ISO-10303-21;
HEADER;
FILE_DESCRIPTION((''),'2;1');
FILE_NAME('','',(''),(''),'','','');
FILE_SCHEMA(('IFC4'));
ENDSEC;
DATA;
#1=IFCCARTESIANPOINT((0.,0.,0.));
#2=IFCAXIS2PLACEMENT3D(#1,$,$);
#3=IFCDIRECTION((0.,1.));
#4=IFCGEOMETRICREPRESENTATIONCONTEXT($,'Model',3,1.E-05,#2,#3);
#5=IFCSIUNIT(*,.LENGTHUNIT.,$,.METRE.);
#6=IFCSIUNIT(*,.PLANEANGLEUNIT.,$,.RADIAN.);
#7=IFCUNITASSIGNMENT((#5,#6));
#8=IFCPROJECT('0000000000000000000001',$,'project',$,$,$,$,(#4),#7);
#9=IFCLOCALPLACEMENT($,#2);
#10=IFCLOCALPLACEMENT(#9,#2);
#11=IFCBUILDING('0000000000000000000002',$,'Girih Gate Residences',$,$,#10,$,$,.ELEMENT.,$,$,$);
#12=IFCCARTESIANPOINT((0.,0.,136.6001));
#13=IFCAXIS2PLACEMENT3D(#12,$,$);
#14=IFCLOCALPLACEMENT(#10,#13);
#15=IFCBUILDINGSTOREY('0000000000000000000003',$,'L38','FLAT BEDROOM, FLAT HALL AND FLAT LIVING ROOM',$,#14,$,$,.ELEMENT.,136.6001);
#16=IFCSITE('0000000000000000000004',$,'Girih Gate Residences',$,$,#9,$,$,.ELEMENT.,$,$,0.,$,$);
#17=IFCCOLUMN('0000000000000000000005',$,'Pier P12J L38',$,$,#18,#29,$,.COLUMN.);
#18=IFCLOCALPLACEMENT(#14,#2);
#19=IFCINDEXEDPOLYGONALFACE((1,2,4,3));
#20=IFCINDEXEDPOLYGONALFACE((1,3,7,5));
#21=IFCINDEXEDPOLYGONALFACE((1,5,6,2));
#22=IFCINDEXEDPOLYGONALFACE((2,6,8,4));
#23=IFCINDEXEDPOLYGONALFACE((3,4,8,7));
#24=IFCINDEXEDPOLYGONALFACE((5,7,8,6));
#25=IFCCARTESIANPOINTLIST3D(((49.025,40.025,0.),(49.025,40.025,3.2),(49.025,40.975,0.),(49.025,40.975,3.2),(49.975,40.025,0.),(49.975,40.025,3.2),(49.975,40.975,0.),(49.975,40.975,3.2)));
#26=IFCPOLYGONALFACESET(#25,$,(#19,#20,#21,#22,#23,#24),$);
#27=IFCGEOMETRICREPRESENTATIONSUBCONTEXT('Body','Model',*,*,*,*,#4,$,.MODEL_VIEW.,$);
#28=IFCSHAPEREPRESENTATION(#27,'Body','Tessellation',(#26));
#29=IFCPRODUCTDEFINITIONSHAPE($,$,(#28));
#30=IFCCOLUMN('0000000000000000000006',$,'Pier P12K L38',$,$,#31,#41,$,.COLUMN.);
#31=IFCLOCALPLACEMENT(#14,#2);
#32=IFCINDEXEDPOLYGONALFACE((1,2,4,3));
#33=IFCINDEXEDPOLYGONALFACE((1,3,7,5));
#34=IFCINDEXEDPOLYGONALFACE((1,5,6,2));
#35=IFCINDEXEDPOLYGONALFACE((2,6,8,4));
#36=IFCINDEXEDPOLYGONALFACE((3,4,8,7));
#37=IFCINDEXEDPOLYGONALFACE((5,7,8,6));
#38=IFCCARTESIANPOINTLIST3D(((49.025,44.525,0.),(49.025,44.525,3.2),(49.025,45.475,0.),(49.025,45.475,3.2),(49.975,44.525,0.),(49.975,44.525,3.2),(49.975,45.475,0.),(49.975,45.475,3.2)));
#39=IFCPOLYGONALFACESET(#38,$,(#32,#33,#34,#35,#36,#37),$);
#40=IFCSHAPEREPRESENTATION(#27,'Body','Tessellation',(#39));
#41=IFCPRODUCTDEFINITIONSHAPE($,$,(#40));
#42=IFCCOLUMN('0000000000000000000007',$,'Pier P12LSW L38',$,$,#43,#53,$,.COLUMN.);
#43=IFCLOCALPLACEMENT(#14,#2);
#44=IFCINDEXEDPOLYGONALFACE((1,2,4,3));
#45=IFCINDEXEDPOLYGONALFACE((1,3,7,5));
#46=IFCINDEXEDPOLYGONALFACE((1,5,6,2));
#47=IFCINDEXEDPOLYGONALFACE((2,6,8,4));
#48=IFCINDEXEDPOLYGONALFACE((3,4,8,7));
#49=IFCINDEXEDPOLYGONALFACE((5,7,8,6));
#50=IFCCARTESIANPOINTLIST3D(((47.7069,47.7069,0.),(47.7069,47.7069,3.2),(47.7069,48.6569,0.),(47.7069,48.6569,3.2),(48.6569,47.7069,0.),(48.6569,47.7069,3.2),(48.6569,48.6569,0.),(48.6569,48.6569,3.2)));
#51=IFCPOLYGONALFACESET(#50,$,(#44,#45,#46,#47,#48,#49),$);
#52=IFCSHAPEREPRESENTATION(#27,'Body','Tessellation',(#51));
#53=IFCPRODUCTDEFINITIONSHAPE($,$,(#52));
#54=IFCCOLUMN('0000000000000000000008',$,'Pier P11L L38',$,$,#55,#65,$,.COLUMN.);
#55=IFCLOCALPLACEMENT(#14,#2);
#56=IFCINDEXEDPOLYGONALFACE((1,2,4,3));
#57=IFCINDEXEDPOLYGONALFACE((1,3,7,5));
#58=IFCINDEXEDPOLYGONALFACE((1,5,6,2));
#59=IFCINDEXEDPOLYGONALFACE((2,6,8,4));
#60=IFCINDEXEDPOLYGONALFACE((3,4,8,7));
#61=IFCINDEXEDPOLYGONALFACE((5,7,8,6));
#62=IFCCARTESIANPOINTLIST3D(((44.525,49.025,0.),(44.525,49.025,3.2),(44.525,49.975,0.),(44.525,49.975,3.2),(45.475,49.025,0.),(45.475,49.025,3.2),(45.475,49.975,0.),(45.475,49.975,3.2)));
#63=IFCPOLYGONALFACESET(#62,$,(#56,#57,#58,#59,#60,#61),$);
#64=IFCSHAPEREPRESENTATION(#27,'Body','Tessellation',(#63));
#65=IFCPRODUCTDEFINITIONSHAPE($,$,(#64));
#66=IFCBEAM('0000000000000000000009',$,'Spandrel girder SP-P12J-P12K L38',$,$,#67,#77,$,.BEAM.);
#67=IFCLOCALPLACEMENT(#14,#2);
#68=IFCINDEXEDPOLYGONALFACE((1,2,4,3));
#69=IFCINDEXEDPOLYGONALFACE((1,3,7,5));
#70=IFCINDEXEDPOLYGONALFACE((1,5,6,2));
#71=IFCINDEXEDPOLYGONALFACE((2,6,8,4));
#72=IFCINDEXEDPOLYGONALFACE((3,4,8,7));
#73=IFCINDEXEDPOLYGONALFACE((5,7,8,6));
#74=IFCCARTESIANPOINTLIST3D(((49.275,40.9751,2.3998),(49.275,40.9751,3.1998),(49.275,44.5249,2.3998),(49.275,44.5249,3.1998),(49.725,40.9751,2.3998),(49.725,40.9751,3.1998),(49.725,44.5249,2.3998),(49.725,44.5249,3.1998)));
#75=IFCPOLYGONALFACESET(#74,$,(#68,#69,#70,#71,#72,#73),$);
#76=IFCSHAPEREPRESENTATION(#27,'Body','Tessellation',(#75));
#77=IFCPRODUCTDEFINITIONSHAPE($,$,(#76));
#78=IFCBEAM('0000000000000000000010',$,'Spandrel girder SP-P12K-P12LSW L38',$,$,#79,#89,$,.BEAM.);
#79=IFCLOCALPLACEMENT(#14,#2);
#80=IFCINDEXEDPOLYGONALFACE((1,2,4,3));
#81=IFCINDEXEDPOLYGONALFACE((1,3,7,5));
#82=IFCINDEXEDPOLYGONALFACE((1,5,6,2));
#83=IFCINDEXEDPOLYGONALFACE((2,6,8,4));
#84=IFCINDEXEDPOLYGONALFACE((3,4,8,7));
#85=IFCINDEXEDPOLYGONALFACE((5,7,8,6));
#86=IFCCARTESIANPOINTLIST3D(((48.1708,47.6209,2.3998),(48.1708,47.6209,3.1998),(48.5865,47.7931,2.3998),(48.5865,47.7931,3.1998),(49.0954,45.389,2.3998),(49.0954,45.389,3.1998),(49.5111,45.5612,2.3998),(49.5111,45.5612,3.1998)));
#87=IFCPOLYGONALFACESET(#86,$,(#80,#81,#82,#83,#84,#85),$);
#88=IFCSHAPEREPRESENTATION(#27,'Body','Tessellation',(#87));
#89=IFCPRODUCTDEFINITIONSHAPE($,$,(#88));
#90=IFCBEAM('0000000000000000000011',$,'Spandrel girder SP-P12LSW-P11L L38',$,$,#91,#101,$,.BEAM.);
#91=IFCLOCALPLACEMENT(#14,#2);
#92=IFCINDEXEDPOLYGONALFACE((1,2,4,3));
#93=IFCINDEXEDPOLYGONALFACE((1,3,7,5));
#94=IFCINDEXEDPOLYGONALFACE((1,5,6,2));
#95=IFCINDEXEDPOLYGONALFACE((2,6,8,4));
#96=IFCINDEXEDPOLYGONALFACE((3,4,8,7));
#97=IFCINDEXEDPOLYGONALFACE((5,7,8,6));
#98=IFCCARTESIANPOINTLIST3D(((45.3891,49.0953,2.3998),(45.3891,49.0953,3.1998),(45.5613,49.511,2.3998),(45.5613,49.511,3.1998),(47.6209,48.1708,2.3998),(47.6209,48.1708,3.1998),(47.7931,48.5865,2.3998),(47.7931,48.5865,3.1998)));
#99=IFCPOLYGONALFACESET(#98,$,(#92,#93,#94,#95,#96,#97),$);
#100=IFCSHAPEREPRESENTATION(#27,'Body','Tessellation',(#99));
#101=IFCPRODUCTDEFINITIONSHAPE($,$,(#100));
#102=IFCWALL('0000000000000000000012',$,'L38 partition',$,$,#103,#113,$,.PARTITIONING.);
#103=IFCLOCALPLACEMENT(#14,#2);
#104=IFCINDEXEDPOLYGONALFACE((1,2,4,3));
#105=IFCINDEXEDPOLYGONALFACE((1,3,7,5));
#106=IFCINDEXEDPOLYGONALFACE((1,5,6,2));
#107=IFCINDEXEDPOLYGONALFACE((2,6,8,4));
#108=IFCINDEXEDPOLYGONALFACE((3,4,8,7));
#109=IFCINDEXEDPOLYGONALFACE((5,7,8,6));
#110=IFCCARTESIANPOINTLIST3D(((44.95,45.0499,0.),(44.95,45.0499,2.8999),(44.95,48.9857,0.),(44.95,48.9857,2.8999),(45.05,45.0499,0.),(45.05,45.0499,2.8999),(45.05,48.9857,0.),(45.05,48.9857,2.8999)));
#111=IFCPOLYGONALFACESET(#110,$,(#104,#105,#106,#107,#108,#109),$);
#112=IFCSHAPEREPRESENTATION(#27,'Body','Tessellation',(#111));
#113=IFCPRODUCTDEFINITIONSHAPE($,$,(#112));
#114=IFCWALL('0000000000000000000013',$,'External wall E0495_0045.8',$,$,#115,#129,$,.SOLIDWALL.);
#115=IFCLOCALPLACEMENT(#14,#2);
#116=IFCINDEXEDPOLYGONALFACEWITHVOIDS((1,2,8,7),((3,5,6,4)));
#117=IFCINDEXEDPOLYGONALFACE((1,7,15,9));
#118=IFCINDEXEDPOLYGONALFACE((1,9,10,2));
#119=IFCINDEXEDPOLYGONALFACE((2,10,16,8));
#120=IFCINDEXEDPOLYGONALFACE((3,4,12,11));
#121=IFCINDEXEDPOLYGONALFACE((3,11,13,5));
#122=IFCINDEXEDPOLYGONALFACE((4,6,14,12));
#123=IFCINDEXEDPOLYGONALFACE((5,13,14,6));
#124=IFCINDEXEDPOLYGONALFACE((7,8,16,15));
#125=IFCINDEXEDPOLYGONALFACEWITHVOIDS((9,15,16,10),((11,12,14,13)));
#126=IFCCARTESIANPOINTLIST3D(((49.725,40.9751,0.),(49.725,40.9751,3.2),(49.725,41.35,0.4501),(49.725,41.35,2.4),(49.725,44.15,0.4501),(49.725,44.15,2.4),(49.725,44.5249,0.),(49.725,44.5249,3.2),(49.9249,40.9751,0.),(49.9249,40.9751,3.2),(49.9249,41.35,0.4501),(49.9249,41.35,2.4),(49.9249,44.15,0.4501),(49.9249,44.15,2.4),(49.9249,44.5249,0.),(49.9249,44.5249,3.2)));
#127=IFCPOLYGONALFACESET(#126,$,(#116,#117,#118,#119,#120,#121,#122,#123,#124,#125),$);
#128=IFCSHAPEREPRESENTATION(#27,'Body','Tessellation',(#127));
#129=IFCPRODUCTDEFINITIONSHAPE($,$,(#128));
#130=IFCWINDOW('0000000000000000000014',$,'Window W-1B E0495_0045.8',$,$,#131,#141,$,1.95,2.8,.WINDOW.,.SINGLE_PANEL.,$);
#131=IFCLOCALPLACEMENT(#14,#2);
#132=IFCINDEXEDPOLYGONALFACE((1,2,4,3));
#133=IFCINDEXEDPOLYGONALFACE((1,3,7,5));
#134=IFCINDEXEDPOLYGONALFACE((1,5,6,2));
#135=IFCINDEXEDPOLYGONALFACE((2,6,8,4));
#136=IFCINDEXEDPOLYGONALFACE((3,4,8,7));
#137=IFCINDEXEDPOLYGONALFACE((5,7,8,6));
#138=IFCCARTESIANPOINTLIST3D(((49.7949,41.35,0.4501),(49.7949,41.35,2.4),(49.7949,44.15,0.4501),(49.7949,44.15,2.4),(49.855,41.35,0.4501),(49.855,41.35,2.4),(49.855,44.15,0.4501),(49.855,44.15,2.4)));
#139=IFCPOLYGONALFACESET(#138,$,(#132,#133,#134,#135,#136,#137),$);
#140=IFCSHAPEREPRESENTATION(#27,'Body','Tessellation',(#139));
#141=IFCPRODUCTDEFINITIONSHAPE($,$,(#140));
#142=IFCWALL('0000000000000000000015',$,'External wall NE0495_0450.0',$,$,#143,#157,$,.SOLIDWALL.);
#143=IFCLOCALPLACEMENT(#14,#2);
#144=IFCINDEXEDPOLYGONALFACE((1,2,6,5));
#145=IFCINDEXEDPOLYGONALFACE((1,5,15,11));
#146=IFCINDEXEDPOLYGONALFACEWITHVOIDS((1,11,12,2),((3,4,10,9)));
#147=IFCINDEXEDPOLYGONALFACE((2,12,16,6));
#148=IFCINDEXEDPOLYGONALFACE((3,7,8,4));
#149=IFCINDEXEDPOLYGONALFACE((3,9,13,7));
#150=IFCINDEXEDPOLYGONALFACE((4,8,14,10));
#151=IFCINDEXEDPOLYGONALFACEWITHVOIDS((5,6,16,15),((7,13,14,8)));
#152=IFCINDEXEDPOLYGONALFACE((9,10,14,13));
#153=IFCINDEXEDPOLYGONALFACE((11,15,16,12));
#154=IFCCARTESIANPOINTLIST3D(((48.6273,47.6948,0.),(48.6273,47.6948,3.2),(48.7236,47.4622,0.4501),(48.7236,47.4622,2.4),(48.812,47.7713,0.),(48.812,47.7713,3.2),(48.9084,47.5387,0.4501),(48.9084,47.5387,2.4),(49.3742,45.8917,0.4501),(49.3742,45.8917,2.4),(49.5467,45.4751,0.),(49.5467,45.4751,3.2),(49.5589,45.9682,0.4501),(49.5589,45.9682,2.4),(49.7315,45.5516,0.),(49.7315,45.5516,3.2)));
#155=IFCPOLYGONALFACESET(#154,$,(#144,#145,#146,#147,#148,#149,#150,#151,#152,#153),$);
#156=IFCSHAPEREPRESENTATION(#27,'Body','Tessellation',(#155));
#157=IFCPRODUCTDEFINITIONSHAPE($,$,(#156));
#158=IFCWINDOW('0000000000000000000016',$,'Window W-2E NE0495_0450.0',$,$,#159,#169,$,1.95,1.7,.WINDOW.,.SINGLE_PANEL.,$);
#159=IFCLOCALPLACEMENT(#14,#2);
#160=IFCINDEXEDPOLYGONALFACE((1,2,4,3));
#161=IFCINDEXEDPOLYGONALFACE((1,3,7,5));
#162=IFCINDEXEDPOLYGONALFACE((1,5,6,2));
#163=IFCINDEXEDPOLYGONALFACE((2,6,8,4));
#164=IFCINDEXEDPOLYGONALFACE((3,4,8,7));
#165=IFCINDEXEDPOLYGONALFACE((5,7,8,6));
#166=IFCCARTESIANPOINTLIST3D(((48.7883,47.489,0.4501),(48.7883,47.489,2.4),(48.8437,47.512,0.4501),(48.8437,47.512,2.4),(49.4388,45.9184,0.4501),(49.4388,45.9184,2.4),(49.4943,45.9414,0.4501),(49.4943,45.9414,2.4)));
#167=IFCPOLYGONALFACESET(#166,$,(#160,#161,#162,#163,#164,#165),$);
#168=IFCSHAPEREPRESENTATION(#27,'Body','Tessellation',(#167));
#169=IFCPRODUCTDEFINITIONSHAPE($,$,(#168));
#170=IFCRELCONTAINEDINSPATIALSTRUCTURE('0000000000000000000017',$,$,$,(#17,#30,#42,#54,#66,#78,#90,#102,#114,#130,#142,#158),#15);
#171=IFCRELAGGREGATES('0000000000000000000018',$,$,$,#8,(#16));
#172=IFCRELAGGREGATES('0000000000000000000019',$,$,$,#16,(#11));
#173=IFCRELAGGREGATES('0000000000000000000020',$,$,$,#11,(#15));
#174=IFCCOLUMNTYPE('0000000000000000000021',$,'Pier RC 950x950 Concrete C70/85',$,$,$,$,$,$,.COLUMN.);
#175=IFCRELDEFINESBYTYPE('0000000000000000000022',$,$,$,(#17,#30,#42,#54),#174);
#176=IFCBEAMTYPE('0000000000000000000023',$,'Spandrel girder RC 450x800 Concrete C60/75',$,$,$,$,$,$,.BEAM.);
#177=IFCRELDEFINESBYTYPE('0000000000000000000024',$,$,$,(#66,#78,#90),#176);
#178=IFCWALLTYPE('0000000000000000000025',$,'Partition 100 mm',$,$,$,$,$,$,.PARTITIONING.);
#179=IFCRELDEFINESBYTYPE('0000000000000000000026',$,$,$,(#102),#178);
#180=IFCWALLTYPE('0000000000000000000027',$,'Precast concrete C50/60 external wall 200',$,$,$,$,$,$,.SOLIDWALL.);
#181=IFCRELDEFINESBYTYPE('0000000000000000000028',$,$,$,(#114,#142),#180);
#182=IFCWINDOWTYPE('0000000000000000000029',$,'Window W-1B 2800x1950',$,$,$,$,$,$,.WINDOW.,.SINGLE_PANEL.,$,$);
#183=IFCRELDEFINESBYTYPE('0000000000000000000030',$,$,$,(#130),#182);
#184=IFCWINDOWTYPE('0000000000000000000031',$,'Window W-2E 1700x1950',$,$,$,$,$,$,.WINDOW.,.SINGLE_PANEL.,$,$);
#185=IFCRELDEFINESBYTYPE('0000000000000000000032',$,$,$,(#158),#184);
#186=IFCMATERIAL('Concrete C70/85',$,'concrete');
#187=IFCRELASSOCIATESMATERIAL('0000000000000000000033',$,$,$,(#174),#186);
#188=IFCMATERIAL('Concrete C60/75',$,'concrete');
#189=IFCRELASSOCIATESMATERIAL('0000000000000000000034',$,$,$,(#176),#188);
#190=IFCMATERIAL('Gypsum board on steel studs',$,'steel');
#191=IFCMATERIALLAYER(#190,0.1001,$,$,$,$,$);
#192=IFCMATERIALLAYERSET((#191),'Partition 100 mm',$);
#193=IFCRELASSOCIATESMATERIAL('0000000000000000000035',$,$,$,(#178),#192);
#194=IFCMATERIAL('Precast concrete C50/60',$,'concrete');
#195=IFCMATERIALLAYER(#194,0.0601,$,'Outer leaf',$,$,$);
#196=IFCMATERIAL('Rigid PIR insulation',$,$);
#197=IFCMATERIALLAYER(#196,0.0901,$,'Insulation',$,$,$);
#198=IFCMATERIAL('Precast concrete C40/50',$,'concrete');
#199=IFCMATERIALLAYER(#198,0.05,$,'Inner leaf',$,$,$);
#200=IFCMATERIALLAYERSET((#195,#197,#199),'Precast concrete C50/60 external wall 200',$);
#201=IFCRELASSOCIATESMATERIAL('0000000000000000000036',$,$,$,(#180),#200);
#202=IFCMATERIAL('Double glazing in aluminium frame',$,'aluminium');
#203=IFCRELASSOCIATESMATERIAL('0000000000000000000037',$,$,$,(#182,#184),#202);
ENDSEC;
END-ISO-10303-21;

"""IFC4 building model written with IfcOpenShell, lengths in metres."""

from ifc_helpers import new_model, si_unit, direction, frame, frame_2d, origin, origin_2d, place, context, subcontext, project, spatial, rectangle, extrude, material, layer, layer_set, material_profile, profile_set, type_object, element, fill, save


model = new_model("IFC4")

# Units and contexts
model_context = context("Model", 3, precision=1e-05, world=origin(), true_north=direction((0.0, 1.0)))
body_context = subcontext(model_context, "Body", "Model", "MODEL_VIEW")
ifc_project = project(units=[si_unit("LENGTHUNIT", "METRE"), si_unit("PLANEANGLEUNIT", "RADIAN")], contexts=[model_context])

# Site, building, storey
site_placement = place(None, origin())
site = spatial("IfcSite", under=ifc_project, at=site_placement, Name="Girih Gate Residences", CompositionType="ELEMENT", RefElevation=0.0)
building_placement = place(site_placement, origin())
building = spatial("IfcBuilding", under=site, at=building_placement, Name="Girih Gate Residences", CompositionType="ELEMENT")
storey_placement = place(building_placement, frame((0.0, 0.0, 136.6001)))
storey = spatial("IfcBuildingStorey", under=building, at=storey_placement, Name="L38", Description="FLAT BEDROOM, FLAT HALL AND FLAT LIVING ROOM", CompositionType="ELEMENT", Elevation=136.6001)

# Columns
ifc_material_1 = material(Name="Concrete C70/85", Category="concrete")
ifc_material_profile_1 = material_profile(ifc_material_1, rectangle(XDim=0.95, YDim=0.95, at=origin_2d()))
ifc_profile_set_1 = profile_set([ifc_material_profile_1], Name="Concrete C70/85")
column_type = type_object("IfcColumnType", Name="Pier RC 950x950 Concrete C70/85", PredefinedType="COLUMN", material=ifc_profile_set_1)
for number, where, z_axis, x_axis, name in (
    (1, (49.5, 40.5, 0.0), (0.0, 0.0, 1.0), (1.0, 0.0, 0.0), "Pier P12J L38"),
    (2, (49.5, 45.0, 0.0), (0.0, 0.0, 1.0), (1.0, 0.0, 0.0), "Pier P12K L38"),
    (3, (48.1819, 48.1819, 0.0), (0.0, 0.0, 1.0), (1.0, 0.0, 0.0), "Pier P12LSW L38"),
    (4, (45.0, 49.5, 0.0), (0.0, 0.0, 1.0), (1.0, 0.0, 0.0), "Pier P11L L38"),
):
    element("IfcColumn", number, at=place(storey_placement, frame(where, z_axis=z_axis, x_axis=x_axis)), inside=storey, type_object=column_type, Name=name, PredefinedType="COLUMN", context=body_context, shape_type="SweptSolid", body=[
        extrude(rectangle(XDim=0.95, YDim=0.95, at=origin_2d()), origin(), (0.0, 0.0, 1.0), 3.2),
    ])

# Beams
ifc_material_2 = material(Name="Concrete C60/75", Category="concrete")
ifc_material_profile_2 = material_profile(ifc_material_2, rectangle(XDim=0.45, YDim=0.8, at=origin_2d()))
ifc_profile_set_2 = profile_set([ifc_material_profile_2], Name="Concrete C60/75")
beam_type = type_object("IfcBeamType", Name="Spandrel girder RC 450x800 Concrete C60/75", PredefinedType="BEAM", material=ifc_profile_set_2)
beam_placement = place(storey_placement, frame((49.5, 40.9751, 2.7998), z_axis=(0.0, 1.0, 0.0), x_axis=(-1.0, 0.0, 0.0)))
element("IfcBeam", 5, at=beam_placement, inside=storey, type_object=beam_type, Name="Spandrel girder SP-P12J-P12K L38", PredefinedType="BEAM", context=body_context, shape_type="SweptSolid", body=[
    extrude(rectangle(XDim=0.45, YDim=0.8, at=origin_2d()), origin(), (0.0, 0.0, 1.0), 3.5498),
])
for number, where, z_axis, x_axis, name in (
    (6, (49.3032, 45.4751, 2.7998), (-0.382706, 0.92387, 0.0), (-0.92387, -0.382706, 0.0), "Spandrel girder SP-P12K-P12LSW L38"),
    (7, (47.707, 48.3787, 2.7998), (-0.92387, 0.382706, 0.0), (-0.382706, -0.92387, 0.0), "Spandrel girder SP-P12LSW-P11L L38"),
):
    element("IfcBeam", number, at=place(storey_placement, frame(where, z_axis=z_axis, x_axis=x_axis)), inside=storey, type_object=beam_type, Name=name, PredefinedType="BEAM", context=body_context, shape_type="SweptSolid", body=[
        extrude(rectangle(XDim=0.45, YDim=0.8, at=origin_2d()), origin(), (0.0, 0.0, 1.0), 2.4158),
    ])

# Wall
ifc_material_3 = material(Name="Gypsum board on steel studs", Category="steel")
ifc_layer_1 = layer(ifc_material_3, 0.1001)
ifc_layer_set_1 = layer_set([ifc_layer_1], Name="Partition 100 mm")
wall_type_1 = type_object("IfcWallType", Name="Partition 100 mm", PredefinedType="PARTITIONING", material=ifc_layer_set_1)
wall_1_placement = place(storey_placement, frame((45.0, 45.05, 0.0), z_axis=(0.0, 0.0, 1.0), x_axis=(0.0, 1.0, 0.0)))
element("IfcWall", 8, at=wall_1_placement, inside=storey, type_object=wall_type_1, Name="L38 partition", PredefinedType="PARTITIONING", context=body_context, shape_type="SweptSolid", body=[
    extrude(rectangle(XDim=3.9358, YDim=0.1001, at=frame_2d((1.9678, 0.0))), origin(), (0.0, 0.0, 1.0), 2.8999),
])

# Walls, openings, windows
ifc_material_4 = material(Name="Precast concrete C50/60", Category="concrete")
ifc_layer_2 = layer(ifc_material_4, 0.0601, Name="Outer leaf")
ifc_material_5 = material(Name="Rigid PIR insulation")
ifc_layer_3 = layer(ifc_material_5, 0.0901, Name="Insulation")
ifc_material_6 = material(Name="Precast concrete C40/50", Category="concrete")
ifc_layer_4 = layer(ifc_material_6, 0.05, Name="Inner leaf")
ifc_layer_set_2 = layer_set([ifc_layer_2, ifc_layer_3, ifc_layer_4], Name="Precast concrete C50/60 external wall 200")
wall_type_2 = type_object("IfcWallType", Name="Precast concrete C50/60 external wall 200", PredefinedType="SOLIDWALL", material=ifc_layer_set_2)
wall_2_placement = place(storey_placement, frame((49.825, 44.5249, 0.0), z_axis=(0.0, 0.0, 1.0), x_axis=(0.0, -1.0, 0.0)))
wall_2 = element("IfcWall", 9, at=wall_2_placement, inside=storey, type_object=wall_type_2, Name="External wall E0495_0045.8", PredefinedType="SOLIDWALL", context=body_context, shape_type="SweptSolid", body=[
    extrude(rectangle(XDim=3.5498, YDim=0.2, at=frame_2d((1.7749, 0.0))), origin(), (0.0, 0.0, 1.0), 3.2),
])
opening_1_placement = place(wall_2_placement, frame((0.375, 0.0, 0.45)))
opening_1 = element("IfcOpeningElement", 10, at=opening_1_placement, cuts=wall_2, PredefinedType="OPENING", context=body_context, shape_type="SweptSolid", body=[
    extrude(rectangle(XDim=2.8, YDim=1.95, at=frame_2d((1.3999, 0.9751))), frame((0.0, 0.1099, 0.0), z_axis=(0.0, -1.0, 0.0), x_axis=(1.0, 0.0, 0.0)), (0.0, 0.0, 1.0), 0.22),
])
ifc_material_7 = material(Name="Double glazing in aluminium frame", Category="aluminium")
window_type_1 = type_object("IfcWindowType", Name="Window W-1B 2800x1950", PartitioningType="SINGLE_PANEL", PredefinedType="WINDOW", material=ifc_material_7)
window_1_placement = place(opening_1_placement, origin())
window_1 = element("IfcWindow", 11, at=window_1_placement, inside=storey, type_object=window_type_1, Name="Window W-1B E0495_0045.8", OverallHeight=1.95, OverallWidth=2.8, PartitioningType="SINGLE_PANEL", PredefinedType="WINDOW", context=body_context, shape_type="SweptSolid", body=[
    extrude(rectangle(XDim=2.8, YDim=1.95, at=frame_2d((1.3999, 0.9751))), frame((0.0, 0.03, 0.0), z_axis=(0.0, -1.0, 0.0), x_axis=(1.0, 0.0, 0.0)), (0.0, 0.0, 1.0), 0.0601),
])
fill(opening_1, window_1)
wall_3_placement = place(storey_placement, frame((48.7197, 47.7329, 0.0), z_axis=(0.0, 0.0, 1.0), x_axis=(0.382681, -0.923881, 0.0)))
wall_3 = element("IfcWall", 12, at=wall_3_placement, inside=storey, type_object=wall_type_2, Name="External wall NE0495_0450.0", PredefinedType="SOLIDWALL", context=body_context, shape_type="SweptSolid", body=[
    extrude(rectangle(XDim=2.4026, YDim=0.2, at=frame_2d((1.2012, 0.0))), origin(), (0.0, 0.0, 1.0), 3.2),
])
opening_2_placement = place(wall_3_placement, frame((0.2515, 0.0, 0.45)))
opening_2 = element("IfcOpeningElement", 13, at=opening_2_placement, cuts=wall_3, PredefinedType="OPENING", context=body_context, shape_type="SweptSolid", body=[
    extrude(rectangle(XDim=1.7, YDim=1.95, at=frame_2d((0.8501, 0.9751))), frame((0.0, 0.1099, 0.0), z_axis=(0.0, -1.0, 0.0), x_axis=(1.0, 0.0, 0.0)), (0.0, 0.0, 1.0), 0.22),
])
window_type_2 = type_object("IfcWindowType", Name="Window W-2E 1700x1950", PartitioningType="SINGLE_PANEL", PredefinedType="WINDOW", material=ifc_material_7)
window_2_placement = place(opening_2_placement, origin())
window_2 = element("IfcWindow", 14, at=window_2_placement, inside=storey, type_object=window_type_2, Name="Window W-2E NE0495_0450.0", OverallHeight=1.95, OverallWidth=1.7, PartitioningType="SINGLE_PANEL", PredefinedType="WINDOW", context=body_context, shape_type="SweptSolid", body=[
    extrude(rectangle(XDim=1.7, YDim=1.95, at=frame_2d((0.8501, 0.9751))), frame((0.0, 0.03, 0.0), z_axis=(0.0, -1.0, 0.0), x_axis=(1.0, 0.0, 0.0)), (0.0, 0.0, 1.0), 0.0601),
])
fill(opening_2, window_2)

save(model, "model.ifc")
